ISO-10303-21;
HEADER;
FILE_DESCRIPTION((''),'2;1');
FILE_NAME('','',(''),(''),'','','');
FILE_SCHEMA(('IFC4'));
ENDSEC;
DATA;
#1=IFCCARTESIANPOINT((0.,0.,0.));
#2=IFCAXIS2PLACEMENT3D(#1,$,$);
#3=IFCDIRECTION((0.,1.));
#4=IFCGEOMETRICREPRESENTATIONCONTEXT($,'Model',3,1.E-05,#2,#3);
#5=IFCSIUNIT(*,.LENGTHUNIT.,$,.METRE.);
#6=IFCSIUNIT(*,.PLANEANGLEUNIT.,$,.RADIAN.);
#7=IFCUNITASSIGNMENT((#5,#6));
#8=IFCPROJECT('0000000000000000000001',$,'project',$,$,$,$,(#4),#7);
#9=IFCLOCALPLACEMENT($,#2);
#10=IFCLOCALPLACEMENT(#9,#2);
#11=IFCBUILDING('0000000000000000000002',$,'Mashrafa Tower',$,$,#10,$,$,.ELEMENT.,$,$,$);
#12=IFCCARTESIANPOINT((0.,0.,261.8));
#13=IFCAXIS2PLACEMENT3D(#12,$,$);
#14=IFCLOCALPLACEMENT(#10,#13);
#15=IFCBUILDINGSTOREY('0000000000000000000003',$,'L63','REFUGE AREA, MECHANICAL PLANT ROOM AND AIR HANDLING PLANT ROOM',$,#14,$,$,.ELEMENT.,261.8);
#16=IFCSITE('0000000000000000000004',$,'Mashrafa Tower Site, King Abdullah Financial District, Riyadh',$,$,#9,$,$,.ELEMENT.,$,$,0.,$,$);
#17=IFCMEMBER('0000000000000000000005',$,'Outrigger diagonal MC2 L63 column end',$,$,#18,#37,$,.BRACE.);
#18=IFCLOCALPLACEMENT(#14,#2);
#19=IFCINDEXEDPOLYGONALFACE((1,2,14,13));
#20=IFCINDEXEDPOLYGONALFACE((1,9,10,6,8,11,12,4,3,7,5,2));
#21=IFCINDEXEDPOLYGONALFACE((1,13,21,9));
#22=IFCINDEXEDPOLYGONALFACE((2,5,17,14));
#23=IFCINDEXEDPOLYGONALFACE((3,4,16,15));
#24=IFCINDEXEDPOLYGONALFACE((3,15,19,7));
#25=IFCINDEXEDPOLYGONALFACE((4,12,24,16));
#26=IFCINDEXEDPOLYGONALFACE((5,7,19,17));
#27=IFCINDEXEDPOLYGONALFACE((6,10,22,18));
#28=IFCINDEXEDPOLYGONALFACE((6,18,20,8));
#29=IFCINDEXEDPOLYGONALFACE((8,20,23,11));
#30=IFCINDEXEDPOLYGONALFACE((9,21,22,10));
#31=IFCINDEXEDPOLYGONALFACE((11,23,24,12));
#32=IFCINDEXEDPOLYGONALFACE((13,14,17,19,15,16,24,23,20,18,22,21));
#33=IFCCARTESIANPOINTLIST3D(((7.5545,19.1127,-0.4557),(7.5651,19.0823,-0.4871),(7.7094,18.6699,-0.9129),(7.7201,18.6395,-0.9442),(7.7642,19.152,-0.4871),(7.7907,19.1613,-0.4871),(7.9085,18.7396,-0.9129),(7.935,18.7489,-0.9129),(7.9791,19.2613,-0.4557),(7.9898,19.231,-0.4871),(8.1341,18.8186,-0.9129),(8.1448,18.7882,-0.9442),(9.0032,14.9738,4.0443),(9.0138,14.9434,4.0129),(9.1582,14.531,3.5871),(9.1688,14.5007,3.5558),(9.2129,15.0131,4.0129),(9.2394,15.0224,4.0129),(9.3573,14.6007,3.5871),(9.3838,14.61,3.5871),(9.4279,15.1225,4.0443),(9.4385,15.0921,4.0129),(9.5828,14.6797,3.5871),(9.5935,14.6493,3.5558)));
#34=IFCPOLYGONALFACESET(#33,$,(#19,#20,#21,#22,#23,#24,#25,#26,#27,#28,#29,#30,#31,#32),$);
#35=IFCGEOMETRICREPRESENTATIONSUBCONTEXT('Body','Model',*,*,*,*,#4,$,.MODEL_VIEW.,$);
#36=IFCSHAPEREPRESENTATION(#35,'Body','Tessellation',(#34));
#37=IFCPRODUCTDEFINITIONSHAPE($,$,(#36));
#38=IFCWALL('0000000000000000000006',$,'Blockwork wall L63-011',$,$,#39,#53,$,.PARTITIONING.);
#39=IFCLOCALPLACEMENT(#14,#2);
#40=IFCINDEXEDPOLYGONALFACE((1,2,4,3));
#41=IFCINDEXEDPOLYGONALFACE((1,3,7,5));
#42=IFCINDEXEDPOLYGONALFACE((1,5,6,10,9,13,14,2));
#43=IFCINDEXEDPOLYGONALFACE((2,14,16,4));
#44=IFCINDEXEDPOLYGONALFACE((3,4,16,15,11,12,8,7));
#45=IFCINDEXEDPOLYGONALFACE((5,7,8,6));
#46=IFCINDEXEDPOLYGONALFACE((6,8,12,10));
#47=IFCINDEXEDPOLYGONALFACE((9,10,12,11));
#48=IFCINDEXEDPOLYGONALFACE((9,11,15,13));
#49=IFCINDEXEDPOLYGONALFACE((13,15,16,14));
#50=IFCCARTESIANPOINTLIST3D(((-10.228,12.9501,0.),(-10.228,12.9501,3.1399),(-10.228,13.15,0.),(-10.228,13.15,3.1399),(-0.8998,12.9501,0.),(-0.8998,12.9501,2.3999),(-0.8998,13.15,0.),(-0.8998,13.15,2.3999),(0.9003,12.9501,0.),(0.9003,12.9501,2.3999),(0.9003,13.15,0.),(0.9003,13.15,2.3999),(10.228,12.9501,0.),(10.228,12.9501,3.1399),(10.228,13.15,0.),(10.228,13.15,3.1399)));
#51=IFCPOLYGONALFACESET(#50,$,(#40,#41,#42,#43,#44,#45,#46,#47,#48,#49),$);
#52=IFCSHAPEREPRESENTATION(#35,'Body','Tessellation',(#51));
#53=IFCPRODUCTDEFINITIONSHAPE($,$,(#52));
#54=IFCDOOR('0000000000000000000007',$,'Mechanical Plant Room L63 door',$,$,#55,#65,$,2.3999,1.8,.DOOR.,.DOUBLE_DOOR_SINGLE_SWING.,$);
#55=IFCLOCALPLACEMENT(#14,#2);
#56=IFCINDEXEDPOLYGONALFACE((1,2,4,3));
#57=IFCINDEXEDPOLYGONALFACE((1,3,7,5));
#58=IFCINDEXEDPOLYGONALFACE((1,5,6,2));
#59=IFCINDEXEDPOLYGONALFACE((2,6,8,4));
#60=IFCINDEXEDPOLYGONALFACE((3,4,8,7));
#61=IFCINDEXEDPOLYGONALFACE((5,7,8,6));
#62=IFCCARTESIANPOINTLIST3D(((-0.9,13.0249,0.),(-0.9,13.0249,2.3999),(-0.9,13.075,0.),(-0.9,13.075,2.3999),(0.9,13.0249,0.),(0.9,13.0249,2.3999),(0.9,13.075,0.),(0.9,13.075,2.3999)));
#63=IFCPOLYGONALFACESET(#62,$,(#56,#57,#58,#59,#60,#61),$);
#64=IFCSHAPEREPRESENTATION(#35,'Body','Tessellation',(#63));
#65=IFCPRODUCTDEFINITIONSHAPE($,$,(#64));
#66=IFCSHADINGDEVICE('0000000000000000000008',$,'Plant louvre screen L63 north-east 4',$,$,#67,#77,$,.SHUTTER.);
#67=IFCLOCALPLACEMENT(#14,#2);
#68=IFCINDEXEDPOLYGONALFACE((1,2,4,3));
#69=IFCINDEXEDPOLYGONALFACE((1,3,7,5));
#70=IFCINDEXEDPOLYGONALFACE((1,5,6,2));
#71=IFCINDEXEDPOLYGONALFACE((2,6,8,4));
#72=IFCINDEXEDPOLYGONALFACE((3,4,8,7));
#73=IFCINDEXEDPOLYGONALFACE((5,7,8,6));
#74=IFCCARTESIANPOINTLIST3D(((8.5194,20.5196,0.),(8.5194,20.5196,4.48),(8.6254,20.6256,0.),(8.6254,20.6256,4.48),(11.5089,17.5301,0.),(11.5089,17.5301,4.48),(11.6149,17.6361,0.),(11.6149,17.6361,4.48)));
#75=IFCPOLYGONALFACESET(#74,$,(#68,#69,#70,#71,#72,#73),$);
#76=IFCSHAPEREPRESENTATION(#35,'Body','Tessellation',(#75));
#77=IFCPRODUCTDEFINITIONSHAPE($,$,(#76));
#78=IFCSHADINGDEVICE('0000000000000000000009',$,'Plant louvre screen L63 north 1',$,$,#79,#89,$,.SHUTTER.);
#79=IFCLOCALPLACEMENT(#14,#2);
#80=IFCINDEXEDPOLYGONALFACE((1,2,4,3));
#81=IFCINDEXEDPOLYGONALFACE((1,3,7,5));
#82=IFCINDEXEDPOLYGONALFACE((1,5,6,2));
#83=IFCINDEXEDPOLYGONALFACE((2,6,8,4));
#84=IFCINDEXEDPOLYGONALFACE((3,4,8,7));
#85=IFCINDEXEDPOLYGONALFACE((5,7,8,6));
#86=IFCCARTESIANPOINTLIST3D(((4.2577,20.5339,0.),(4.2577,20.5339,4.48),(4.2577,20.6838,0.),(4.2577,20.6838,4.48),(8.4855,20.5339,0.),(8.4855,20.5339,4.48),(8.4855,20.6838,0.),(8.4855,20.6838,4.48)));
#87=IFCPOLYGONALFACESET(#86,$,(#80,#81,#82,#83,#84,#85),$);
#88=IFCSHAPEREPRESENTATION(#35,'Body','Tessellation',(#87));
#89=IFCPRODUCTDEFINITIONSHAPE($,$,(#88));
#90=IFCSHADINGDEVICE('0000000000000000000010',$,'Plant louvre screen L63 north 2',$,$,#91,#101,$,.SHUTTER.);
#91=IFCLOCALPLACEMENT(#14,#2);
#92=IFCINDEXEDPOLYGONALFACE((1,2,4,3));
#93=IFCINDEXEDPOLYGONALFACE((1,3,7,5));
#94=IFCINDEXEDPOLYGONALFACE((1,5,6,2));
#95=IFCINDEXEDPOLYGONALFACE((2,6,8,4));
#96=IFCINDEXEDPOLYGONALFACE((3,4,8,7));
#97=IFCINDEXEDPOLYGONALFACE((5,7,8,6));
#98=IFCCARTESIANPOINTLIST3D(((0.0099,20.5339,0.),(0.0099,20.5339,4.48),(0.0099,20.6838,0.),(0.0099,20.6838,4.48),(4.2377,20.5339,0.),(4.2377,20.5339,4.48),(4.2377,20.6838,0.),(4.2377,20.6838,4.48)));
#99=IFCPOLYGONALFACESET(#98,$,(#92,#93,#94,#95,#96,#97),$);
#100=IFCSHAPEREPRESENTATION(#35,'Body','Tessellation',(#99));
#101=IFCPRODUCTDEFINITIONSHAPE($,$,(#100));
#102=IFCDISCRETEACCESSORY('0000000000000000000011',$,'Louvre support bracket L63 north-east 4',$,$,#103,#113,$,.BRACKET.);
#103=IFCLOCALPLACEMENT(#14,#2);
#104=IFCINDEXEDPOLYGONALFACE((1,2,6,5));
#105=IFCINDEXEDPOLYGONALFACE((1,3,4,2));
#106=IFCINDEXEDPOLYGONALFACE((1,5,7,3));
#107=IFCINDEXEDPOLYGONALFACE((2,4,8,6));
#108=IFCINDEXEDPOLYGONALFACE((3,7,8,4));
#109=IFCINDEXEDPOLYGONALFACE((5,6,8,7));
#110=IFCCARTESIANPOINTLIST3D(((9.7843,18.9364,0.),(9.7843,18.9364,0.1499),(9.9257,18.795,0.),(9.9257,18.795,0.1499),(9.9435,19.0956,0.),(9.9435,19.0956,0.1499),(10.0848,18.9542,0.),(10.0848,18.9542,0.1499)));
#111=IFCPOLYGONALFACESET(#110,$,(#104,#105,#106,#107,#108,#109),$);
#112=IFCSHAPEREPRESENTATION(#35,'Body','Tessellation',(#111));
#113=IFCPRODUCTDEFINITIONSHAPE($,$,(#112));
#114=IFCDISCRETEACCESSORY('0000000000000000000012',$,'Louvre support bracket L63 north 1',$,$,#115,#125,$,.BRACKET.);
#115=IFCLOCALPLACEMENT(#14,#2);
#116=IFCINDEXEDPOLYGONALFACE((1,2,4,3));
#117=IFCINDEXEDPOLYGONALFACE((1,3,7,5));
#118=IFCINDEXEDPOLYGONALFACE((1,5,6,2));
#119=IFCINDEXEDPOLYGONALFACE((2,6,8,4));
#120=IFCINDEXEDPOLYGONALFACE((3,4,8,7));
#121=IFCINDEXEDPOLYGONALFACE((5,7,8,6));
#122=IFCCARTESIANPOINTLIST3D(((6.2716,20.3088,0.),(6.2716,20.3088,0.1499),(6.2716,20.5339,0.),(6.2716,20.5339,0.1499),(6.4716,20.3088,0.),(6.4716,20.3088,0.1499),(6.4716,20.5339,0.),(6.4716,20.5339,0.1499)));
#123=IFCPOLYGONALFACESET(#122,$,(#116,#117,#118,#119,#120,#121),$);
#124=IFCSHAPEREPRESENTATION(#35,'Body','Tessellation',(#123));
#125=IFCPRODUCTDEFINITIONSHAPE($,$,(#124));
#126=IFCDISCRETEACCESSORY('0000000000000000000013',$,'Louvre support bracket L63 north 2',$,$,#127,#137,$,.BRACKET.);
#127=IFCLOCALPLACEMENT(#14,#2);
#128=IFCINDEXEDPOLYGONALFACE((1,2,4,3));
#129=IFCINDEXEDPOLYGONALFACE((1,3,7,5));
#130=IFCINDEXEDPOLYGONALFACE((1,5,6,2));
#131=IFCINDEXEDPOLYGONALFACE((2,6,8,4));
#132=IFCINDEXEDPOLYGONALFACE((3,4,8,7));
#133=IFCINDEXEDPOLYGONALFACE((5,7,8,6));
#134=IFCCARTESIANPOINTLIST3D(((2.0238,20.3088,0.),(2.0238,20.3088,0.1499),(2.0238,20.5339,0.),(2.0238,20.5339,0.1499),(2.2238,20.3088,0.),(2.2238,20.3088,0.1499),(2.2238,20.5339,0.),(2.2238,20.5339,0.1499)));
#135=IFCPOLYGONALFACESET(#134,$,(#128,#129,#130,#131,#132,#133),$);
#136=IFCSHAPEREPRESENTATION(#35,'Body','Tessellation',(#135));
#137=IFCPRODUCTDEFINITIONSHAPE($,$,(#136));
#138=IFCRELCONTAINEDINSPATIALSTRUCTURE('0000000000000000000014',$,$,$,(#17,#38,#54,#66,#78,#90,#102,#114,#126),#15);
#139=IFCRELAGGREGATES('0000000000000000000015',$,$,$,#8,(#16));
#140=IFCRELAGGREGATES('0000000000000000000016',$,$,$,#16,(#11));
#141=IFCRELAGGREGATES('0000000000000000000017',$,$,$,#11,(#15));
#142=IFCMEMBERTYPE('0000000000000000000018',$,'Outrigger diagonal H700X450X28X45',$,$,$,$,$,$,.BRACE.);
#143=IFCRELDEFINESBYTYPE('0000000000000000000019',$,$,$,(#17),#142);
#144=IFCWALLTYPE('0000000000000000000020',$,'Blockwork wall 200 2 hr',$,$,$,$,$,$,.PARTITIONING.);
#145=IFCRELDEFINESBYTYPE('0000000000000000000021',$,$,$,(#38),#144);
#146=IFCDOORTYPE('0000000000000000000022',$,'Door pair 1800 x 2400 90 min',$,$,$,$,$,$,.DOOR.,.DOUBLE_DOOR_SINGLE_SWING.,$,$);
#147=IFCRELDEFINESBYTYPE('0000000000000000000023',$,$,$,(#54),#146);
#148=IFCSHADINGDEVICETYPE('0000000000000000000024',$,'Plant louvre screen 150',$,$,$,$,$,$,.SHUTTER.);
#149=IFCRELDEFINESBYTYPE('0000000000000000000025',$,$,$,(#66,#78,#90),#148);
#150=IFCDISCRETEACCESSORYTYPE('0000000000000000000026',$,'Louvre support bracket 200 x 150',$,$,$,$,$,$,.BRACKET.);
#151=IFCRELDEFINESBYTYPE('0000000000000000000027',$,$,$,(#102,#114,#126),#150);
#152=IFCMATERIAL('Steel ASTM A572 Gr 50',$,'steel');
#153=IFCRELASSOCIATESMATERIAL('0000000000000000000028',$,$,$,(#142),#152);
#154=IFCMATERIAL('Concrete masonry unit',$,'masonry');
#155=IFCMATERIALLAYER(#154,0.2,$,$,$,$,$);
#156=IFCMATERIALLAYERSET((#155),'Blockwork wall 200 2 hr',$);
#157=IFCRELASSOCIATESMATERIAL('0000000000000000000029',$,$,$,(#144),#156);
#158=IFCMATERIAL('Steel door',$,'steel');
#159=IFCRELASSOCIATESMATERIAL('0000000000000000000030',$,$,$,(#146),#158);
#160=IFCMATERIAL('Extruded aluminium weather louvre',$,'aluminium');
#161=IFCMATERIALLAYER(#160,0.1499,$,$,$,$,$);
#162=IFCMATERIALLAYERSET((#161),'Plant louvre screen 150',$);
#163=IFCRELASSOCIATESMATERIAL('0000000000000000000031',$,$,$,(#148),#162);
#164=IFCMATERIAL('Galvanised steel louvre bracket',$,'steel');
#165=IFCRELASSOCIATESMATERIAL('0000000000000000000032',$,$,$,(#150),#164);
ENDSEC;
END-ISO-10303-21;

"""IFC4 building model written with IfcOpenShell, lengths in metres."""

from ifc_helpers import new_model, si_unit, direction, frame, frame_2d, origin, origin_2d, place, context, subcontext, project, spatial, rectangle, i_section, extrude, source, transform, mapped, material, layer, layer_set, material_profile, profile_set, type_object, type_shapes, element, fill, save


model = new_model("IFC4")

# Units and contexts
model_context = context("Model", 3, precision=1e-05, world=origin(), true_north=direction((0.0, 1.0)))
body_context = subcontext(model_context, "Body", "Model", "MODEL_VIEW")
ifc_project = project(units=[si_unit("LENGTHUNIT", "METRE"), si_unit("PLANEANGLEUNIT", "RADIAN")], contexts=[model_context])

# Site, building, storey
site_placement = place(None, origin())
site = spatial("IfcSite", under=ifc_project, at=site_placement, Name="Mashrafa Tower Site, King Abdullah Financial District, Riyadh", CompositionType="ELEMENT", RefElevation=0.0)
building_placement = place(site_placement, origin())
building = spatial("IfcBuilding", under=site, at=building_placement, Name="Mashrafa Tower", CompositionType="ELEMENT")
storey_placement = place(building_placement, frame((0.0, 0.0, 261.8)))
storey = spatial("IfcBuildingStorey", under=building, at=storey_placement, Name="L63", Description="REFUGE AREA, MECHANICAL PLANT ROOM AND AIR HANDLING PLANT ROOM", CompositionType="ELEMENT", Elevation=261.8)

# Member
ifc_material_1 = material(Name="Steel ASTM A572 Gr 50", Category="steel")
ifc_material_profile_1 = material_profile(ifc_material_1, i_section(OverallWidth=0.45, OverallDepth=0.7, WebThickness=0.0281, FlangeThickness=0.0449, at=origin_2d()), Name="H700X450X28X45")
ifc_profile_set_1 = profile_set([ifc_material_profile_1], Name="Steel ASTM A572 Gr 50")
member_type_1 = type_object("IfcMemberType", Name="Outrigger diagonal H700X450X28X45", PredefinedType="BRACE", material=ifc_profile_set_1)
shared_shape_1 = source(origin(), body_context, "Body", "SweptSolid", [
    extrude(i_section(OverallWidth=0.45, OverallDepth=0.7, WebThickness=0.0281, FlangeThickness=0.0449, at=origin_2d()), origin(), (0.0, 0.0, 1.0), 6.2832),
])
type_shapes(member_type_1, [shared_shape_1])
member_1_placement = place(storey_placement, frame((7.8496, 18.9504, -0.7), z_axis=(0.23057, -0.65872, 0.716188), x_axis=(0.943851, 0.330373, 0.0)))
element("IfcMember", 1, at=member_1_placement, inside=storey, type_object=member_type_1, Name="Outrigger diagonal MC2 L63 column end", PredefinedType="BRACE", context=body_context, shape_type="MappedRepresentation", body=[
    mapped(shared_shape_1, transform((0.0, 0.0, 0.0))),
])

# Wall, opening, door
ifc_material_2 = material(Name="Concrete masonry unit", Category="masonry")
ifc_layer_1 = layer(ifc_material_2, 0.2)
ifc_layer_set_1 = layer_set([ifc_layer_1], Name="Blockwork wall 200 2 hr")
wall_type = type_object("IfcWallType", Name="Blockwork wall 200 2 hr", PredefinedType="PARTITIONING", material=ifc_layer_set_1)
wall_placement = place(storey_placement, frame((10.228, 13.05, 0.0), z_axis=(0.0, 0.0, 1.0), x_axis=(-1.0, 0.0, 0.0)))
wall = element("IfcWall", 2, at=wall_placement, inside=storey, type_object=wall_type, Name="Blockwork wall L63-011", PredefinedType="PARTITIONING", context=body_context, shape_type="SweptSolid", body=[
    extrude(rectangle(XDim=20.4561, YDim=0.2, at=frame_2d((10.228, 0.0))), origin(), (0.0, 0.0, 1.0), 3.1399),
])
opening_placement = place(wall_placement, frame((9.3279, 0.0, 0.0)))
opening = element("IfcOpeningElement", 3, at=opening_placement, cuts=wall, PredefinedType="OPENING", context=body_context, shape_type="SweptSolid", body=[
    extrude(rectangle(XDim=1.8, YDim=2.3999, at=frame_2d((0.8999, 1.2))), frame((0.0, 0.1099, 0.0), z_axis=(0.0, -1.0, 0.0), x_axis=(1.0, 0.0, 0.0)), (0.0, 0.0, 1.0), 0.22),
])
ifc_material_3 = material(Name="Steel door", Category="steel")
door_type = type_object("IfcDoorType", Name="Door pair 1800 x 2400 90 min", OperationType="DOUBLE_DOOR_SINGLE_SWING", PredefinedType="DOOR", material=ifc_material_3)
door_placement = place(opening_placement, frame((1.8, 0.0, 0.0), z_axis=(0.0, 0.0, 1.0), x_axis=(-1.0, 0.0, 0.0)))
door = element("IfcDoor", 4, at=door_placement, inside=storey, type_object=door_type, Name="Mechanical Plant Room L63 door", OperationType="DOUBLE_DOOR_SINGLE_SWING", OverallHeight=2.3999, OverallWidth=1.8, PredefinedType="DOOR", context=body_context, shape_type="SweptSolid", body=[
    extrude(rectangle(XDim=1.8, YDim=2.3999, at=frame_2d((0.8999, 1.2))), frame((0.0, 0.0249, 0.0), z_axis=(0.0, -1.0, 0.0), x_axis=(1.0, 0.0, 0.0)), (0.0, 0.0, 1.0), 0.05),
])
fill(opening, door)

# Shading devices
ifc_material_4 = material(Name="Extruded aluminium weather louvre", Category="aluminium")
ifc_layer_2 = layer(ifc_material_4, 0.1499)
ifc_layer_set_2 = layer_set([ifc_layer_2], Name="Plant louvre screen 150")
shading_device_type = type_object("IfcShadingDeviceType", Name="Plant louvre screen 150", PredefinedType="SHUTTER", material=ifc_layer_set_2)
shared_shape_2 = source(origin(), body_context, "Body", "SweptSolid", [
    extrude(rectangle(XDim=4.2278, YDim=0.1499, at=origin_2d()), origin(), (0.0, 0.0, 1.0), 4.48),
])
type_shapes(shading_device_type, [shared_shape_2])
for number, where, z_axis, x_axis, name in (
    (5, (10.0671, 19.0779, 0.0), (0.0, 0.0, 1.0), (-0.707107, 0.707107, 0.0), "Plant louvre screen L63 north-east 4"),
    (6, (6.3716, 20.6089, 0.0), (0.0, 0.0, 1.0), (-1.0, 0.0, 0.0), "Plant louvre screen L63 north 1"),
    (7, (2.1238, 20.6089, 0.0), (0.0, 0.0, 1.0), (-1.0, 0.0, 0.0), "Plant louvre screen L63 north 2"),
):
    element("IfcShadingDevice", number, at=place(storey_placement, frame(where, z_axis=z_axis, x_axis=x_axis)), inside=storey, type_object=shading_device_type, Name=name, PredefinedType="SHUTTER", context=body_context, shape_type="MappedRepresentation", body=[
        mapped(shared_shape_2, transform((0.0, 0.0, 0.0))),
    ])

# Discrete accessories
ifc_material_5 = material(Name="Galvanised steel louvre bracket", Category="steel")
discrete_accessory_type = type_object("IfcDiscreteAccessoryType", Name="Louvre support bracket 200 x 150", PredefinedType="BRACKET", material=ifc_material_5)
shared_shape_3 = source(origin(), body_context, "Body", "SweptSolid", [
    extrude(rectangle(XDim=0.2, YDim=0.2251, at=origin_2d()), origin(), (0.0, 0.0, 1.0), 0.1499),
])
type_shapes(discrete_accessory_type, [shared_shape_3])
for number, where, z_axis, x_axis, name in (
    (8, (9.9346, 18.9453, 0.0), (0.0, 0.0, 1.0), (-0.707107, 0.707107, 0.0), "Louvre support bracket L63 north-east 4"),
    (9, (6.3716, 20.4214, 0.0), (0.0, 0.0, 1.0), (-1.0, 0.0, 0.0), "Louvre support bracket L63 north 1"),
    (10, (2.1238, 20.4214, 0.0), (0.0, 0.0, 1.0), (-1.0, 0.0, 0.0), "Louvre support bracket L63 north 2"),
):
    element("IfcDiscreteAccessory", number, at=place(storey_placement, frame(where, z_axis=z_axis, x_axis=x_axis)), inside=storey, type_object=discrete_accessory_type, Name=name, PredefinedType="BRACKET", context=body_context, shape_type="MappedRepresentation", body=[
        mapped(shared_shape_3, transform((0.0, 0.0, 0.0))),
    ])

save(model, "model.ifc")
